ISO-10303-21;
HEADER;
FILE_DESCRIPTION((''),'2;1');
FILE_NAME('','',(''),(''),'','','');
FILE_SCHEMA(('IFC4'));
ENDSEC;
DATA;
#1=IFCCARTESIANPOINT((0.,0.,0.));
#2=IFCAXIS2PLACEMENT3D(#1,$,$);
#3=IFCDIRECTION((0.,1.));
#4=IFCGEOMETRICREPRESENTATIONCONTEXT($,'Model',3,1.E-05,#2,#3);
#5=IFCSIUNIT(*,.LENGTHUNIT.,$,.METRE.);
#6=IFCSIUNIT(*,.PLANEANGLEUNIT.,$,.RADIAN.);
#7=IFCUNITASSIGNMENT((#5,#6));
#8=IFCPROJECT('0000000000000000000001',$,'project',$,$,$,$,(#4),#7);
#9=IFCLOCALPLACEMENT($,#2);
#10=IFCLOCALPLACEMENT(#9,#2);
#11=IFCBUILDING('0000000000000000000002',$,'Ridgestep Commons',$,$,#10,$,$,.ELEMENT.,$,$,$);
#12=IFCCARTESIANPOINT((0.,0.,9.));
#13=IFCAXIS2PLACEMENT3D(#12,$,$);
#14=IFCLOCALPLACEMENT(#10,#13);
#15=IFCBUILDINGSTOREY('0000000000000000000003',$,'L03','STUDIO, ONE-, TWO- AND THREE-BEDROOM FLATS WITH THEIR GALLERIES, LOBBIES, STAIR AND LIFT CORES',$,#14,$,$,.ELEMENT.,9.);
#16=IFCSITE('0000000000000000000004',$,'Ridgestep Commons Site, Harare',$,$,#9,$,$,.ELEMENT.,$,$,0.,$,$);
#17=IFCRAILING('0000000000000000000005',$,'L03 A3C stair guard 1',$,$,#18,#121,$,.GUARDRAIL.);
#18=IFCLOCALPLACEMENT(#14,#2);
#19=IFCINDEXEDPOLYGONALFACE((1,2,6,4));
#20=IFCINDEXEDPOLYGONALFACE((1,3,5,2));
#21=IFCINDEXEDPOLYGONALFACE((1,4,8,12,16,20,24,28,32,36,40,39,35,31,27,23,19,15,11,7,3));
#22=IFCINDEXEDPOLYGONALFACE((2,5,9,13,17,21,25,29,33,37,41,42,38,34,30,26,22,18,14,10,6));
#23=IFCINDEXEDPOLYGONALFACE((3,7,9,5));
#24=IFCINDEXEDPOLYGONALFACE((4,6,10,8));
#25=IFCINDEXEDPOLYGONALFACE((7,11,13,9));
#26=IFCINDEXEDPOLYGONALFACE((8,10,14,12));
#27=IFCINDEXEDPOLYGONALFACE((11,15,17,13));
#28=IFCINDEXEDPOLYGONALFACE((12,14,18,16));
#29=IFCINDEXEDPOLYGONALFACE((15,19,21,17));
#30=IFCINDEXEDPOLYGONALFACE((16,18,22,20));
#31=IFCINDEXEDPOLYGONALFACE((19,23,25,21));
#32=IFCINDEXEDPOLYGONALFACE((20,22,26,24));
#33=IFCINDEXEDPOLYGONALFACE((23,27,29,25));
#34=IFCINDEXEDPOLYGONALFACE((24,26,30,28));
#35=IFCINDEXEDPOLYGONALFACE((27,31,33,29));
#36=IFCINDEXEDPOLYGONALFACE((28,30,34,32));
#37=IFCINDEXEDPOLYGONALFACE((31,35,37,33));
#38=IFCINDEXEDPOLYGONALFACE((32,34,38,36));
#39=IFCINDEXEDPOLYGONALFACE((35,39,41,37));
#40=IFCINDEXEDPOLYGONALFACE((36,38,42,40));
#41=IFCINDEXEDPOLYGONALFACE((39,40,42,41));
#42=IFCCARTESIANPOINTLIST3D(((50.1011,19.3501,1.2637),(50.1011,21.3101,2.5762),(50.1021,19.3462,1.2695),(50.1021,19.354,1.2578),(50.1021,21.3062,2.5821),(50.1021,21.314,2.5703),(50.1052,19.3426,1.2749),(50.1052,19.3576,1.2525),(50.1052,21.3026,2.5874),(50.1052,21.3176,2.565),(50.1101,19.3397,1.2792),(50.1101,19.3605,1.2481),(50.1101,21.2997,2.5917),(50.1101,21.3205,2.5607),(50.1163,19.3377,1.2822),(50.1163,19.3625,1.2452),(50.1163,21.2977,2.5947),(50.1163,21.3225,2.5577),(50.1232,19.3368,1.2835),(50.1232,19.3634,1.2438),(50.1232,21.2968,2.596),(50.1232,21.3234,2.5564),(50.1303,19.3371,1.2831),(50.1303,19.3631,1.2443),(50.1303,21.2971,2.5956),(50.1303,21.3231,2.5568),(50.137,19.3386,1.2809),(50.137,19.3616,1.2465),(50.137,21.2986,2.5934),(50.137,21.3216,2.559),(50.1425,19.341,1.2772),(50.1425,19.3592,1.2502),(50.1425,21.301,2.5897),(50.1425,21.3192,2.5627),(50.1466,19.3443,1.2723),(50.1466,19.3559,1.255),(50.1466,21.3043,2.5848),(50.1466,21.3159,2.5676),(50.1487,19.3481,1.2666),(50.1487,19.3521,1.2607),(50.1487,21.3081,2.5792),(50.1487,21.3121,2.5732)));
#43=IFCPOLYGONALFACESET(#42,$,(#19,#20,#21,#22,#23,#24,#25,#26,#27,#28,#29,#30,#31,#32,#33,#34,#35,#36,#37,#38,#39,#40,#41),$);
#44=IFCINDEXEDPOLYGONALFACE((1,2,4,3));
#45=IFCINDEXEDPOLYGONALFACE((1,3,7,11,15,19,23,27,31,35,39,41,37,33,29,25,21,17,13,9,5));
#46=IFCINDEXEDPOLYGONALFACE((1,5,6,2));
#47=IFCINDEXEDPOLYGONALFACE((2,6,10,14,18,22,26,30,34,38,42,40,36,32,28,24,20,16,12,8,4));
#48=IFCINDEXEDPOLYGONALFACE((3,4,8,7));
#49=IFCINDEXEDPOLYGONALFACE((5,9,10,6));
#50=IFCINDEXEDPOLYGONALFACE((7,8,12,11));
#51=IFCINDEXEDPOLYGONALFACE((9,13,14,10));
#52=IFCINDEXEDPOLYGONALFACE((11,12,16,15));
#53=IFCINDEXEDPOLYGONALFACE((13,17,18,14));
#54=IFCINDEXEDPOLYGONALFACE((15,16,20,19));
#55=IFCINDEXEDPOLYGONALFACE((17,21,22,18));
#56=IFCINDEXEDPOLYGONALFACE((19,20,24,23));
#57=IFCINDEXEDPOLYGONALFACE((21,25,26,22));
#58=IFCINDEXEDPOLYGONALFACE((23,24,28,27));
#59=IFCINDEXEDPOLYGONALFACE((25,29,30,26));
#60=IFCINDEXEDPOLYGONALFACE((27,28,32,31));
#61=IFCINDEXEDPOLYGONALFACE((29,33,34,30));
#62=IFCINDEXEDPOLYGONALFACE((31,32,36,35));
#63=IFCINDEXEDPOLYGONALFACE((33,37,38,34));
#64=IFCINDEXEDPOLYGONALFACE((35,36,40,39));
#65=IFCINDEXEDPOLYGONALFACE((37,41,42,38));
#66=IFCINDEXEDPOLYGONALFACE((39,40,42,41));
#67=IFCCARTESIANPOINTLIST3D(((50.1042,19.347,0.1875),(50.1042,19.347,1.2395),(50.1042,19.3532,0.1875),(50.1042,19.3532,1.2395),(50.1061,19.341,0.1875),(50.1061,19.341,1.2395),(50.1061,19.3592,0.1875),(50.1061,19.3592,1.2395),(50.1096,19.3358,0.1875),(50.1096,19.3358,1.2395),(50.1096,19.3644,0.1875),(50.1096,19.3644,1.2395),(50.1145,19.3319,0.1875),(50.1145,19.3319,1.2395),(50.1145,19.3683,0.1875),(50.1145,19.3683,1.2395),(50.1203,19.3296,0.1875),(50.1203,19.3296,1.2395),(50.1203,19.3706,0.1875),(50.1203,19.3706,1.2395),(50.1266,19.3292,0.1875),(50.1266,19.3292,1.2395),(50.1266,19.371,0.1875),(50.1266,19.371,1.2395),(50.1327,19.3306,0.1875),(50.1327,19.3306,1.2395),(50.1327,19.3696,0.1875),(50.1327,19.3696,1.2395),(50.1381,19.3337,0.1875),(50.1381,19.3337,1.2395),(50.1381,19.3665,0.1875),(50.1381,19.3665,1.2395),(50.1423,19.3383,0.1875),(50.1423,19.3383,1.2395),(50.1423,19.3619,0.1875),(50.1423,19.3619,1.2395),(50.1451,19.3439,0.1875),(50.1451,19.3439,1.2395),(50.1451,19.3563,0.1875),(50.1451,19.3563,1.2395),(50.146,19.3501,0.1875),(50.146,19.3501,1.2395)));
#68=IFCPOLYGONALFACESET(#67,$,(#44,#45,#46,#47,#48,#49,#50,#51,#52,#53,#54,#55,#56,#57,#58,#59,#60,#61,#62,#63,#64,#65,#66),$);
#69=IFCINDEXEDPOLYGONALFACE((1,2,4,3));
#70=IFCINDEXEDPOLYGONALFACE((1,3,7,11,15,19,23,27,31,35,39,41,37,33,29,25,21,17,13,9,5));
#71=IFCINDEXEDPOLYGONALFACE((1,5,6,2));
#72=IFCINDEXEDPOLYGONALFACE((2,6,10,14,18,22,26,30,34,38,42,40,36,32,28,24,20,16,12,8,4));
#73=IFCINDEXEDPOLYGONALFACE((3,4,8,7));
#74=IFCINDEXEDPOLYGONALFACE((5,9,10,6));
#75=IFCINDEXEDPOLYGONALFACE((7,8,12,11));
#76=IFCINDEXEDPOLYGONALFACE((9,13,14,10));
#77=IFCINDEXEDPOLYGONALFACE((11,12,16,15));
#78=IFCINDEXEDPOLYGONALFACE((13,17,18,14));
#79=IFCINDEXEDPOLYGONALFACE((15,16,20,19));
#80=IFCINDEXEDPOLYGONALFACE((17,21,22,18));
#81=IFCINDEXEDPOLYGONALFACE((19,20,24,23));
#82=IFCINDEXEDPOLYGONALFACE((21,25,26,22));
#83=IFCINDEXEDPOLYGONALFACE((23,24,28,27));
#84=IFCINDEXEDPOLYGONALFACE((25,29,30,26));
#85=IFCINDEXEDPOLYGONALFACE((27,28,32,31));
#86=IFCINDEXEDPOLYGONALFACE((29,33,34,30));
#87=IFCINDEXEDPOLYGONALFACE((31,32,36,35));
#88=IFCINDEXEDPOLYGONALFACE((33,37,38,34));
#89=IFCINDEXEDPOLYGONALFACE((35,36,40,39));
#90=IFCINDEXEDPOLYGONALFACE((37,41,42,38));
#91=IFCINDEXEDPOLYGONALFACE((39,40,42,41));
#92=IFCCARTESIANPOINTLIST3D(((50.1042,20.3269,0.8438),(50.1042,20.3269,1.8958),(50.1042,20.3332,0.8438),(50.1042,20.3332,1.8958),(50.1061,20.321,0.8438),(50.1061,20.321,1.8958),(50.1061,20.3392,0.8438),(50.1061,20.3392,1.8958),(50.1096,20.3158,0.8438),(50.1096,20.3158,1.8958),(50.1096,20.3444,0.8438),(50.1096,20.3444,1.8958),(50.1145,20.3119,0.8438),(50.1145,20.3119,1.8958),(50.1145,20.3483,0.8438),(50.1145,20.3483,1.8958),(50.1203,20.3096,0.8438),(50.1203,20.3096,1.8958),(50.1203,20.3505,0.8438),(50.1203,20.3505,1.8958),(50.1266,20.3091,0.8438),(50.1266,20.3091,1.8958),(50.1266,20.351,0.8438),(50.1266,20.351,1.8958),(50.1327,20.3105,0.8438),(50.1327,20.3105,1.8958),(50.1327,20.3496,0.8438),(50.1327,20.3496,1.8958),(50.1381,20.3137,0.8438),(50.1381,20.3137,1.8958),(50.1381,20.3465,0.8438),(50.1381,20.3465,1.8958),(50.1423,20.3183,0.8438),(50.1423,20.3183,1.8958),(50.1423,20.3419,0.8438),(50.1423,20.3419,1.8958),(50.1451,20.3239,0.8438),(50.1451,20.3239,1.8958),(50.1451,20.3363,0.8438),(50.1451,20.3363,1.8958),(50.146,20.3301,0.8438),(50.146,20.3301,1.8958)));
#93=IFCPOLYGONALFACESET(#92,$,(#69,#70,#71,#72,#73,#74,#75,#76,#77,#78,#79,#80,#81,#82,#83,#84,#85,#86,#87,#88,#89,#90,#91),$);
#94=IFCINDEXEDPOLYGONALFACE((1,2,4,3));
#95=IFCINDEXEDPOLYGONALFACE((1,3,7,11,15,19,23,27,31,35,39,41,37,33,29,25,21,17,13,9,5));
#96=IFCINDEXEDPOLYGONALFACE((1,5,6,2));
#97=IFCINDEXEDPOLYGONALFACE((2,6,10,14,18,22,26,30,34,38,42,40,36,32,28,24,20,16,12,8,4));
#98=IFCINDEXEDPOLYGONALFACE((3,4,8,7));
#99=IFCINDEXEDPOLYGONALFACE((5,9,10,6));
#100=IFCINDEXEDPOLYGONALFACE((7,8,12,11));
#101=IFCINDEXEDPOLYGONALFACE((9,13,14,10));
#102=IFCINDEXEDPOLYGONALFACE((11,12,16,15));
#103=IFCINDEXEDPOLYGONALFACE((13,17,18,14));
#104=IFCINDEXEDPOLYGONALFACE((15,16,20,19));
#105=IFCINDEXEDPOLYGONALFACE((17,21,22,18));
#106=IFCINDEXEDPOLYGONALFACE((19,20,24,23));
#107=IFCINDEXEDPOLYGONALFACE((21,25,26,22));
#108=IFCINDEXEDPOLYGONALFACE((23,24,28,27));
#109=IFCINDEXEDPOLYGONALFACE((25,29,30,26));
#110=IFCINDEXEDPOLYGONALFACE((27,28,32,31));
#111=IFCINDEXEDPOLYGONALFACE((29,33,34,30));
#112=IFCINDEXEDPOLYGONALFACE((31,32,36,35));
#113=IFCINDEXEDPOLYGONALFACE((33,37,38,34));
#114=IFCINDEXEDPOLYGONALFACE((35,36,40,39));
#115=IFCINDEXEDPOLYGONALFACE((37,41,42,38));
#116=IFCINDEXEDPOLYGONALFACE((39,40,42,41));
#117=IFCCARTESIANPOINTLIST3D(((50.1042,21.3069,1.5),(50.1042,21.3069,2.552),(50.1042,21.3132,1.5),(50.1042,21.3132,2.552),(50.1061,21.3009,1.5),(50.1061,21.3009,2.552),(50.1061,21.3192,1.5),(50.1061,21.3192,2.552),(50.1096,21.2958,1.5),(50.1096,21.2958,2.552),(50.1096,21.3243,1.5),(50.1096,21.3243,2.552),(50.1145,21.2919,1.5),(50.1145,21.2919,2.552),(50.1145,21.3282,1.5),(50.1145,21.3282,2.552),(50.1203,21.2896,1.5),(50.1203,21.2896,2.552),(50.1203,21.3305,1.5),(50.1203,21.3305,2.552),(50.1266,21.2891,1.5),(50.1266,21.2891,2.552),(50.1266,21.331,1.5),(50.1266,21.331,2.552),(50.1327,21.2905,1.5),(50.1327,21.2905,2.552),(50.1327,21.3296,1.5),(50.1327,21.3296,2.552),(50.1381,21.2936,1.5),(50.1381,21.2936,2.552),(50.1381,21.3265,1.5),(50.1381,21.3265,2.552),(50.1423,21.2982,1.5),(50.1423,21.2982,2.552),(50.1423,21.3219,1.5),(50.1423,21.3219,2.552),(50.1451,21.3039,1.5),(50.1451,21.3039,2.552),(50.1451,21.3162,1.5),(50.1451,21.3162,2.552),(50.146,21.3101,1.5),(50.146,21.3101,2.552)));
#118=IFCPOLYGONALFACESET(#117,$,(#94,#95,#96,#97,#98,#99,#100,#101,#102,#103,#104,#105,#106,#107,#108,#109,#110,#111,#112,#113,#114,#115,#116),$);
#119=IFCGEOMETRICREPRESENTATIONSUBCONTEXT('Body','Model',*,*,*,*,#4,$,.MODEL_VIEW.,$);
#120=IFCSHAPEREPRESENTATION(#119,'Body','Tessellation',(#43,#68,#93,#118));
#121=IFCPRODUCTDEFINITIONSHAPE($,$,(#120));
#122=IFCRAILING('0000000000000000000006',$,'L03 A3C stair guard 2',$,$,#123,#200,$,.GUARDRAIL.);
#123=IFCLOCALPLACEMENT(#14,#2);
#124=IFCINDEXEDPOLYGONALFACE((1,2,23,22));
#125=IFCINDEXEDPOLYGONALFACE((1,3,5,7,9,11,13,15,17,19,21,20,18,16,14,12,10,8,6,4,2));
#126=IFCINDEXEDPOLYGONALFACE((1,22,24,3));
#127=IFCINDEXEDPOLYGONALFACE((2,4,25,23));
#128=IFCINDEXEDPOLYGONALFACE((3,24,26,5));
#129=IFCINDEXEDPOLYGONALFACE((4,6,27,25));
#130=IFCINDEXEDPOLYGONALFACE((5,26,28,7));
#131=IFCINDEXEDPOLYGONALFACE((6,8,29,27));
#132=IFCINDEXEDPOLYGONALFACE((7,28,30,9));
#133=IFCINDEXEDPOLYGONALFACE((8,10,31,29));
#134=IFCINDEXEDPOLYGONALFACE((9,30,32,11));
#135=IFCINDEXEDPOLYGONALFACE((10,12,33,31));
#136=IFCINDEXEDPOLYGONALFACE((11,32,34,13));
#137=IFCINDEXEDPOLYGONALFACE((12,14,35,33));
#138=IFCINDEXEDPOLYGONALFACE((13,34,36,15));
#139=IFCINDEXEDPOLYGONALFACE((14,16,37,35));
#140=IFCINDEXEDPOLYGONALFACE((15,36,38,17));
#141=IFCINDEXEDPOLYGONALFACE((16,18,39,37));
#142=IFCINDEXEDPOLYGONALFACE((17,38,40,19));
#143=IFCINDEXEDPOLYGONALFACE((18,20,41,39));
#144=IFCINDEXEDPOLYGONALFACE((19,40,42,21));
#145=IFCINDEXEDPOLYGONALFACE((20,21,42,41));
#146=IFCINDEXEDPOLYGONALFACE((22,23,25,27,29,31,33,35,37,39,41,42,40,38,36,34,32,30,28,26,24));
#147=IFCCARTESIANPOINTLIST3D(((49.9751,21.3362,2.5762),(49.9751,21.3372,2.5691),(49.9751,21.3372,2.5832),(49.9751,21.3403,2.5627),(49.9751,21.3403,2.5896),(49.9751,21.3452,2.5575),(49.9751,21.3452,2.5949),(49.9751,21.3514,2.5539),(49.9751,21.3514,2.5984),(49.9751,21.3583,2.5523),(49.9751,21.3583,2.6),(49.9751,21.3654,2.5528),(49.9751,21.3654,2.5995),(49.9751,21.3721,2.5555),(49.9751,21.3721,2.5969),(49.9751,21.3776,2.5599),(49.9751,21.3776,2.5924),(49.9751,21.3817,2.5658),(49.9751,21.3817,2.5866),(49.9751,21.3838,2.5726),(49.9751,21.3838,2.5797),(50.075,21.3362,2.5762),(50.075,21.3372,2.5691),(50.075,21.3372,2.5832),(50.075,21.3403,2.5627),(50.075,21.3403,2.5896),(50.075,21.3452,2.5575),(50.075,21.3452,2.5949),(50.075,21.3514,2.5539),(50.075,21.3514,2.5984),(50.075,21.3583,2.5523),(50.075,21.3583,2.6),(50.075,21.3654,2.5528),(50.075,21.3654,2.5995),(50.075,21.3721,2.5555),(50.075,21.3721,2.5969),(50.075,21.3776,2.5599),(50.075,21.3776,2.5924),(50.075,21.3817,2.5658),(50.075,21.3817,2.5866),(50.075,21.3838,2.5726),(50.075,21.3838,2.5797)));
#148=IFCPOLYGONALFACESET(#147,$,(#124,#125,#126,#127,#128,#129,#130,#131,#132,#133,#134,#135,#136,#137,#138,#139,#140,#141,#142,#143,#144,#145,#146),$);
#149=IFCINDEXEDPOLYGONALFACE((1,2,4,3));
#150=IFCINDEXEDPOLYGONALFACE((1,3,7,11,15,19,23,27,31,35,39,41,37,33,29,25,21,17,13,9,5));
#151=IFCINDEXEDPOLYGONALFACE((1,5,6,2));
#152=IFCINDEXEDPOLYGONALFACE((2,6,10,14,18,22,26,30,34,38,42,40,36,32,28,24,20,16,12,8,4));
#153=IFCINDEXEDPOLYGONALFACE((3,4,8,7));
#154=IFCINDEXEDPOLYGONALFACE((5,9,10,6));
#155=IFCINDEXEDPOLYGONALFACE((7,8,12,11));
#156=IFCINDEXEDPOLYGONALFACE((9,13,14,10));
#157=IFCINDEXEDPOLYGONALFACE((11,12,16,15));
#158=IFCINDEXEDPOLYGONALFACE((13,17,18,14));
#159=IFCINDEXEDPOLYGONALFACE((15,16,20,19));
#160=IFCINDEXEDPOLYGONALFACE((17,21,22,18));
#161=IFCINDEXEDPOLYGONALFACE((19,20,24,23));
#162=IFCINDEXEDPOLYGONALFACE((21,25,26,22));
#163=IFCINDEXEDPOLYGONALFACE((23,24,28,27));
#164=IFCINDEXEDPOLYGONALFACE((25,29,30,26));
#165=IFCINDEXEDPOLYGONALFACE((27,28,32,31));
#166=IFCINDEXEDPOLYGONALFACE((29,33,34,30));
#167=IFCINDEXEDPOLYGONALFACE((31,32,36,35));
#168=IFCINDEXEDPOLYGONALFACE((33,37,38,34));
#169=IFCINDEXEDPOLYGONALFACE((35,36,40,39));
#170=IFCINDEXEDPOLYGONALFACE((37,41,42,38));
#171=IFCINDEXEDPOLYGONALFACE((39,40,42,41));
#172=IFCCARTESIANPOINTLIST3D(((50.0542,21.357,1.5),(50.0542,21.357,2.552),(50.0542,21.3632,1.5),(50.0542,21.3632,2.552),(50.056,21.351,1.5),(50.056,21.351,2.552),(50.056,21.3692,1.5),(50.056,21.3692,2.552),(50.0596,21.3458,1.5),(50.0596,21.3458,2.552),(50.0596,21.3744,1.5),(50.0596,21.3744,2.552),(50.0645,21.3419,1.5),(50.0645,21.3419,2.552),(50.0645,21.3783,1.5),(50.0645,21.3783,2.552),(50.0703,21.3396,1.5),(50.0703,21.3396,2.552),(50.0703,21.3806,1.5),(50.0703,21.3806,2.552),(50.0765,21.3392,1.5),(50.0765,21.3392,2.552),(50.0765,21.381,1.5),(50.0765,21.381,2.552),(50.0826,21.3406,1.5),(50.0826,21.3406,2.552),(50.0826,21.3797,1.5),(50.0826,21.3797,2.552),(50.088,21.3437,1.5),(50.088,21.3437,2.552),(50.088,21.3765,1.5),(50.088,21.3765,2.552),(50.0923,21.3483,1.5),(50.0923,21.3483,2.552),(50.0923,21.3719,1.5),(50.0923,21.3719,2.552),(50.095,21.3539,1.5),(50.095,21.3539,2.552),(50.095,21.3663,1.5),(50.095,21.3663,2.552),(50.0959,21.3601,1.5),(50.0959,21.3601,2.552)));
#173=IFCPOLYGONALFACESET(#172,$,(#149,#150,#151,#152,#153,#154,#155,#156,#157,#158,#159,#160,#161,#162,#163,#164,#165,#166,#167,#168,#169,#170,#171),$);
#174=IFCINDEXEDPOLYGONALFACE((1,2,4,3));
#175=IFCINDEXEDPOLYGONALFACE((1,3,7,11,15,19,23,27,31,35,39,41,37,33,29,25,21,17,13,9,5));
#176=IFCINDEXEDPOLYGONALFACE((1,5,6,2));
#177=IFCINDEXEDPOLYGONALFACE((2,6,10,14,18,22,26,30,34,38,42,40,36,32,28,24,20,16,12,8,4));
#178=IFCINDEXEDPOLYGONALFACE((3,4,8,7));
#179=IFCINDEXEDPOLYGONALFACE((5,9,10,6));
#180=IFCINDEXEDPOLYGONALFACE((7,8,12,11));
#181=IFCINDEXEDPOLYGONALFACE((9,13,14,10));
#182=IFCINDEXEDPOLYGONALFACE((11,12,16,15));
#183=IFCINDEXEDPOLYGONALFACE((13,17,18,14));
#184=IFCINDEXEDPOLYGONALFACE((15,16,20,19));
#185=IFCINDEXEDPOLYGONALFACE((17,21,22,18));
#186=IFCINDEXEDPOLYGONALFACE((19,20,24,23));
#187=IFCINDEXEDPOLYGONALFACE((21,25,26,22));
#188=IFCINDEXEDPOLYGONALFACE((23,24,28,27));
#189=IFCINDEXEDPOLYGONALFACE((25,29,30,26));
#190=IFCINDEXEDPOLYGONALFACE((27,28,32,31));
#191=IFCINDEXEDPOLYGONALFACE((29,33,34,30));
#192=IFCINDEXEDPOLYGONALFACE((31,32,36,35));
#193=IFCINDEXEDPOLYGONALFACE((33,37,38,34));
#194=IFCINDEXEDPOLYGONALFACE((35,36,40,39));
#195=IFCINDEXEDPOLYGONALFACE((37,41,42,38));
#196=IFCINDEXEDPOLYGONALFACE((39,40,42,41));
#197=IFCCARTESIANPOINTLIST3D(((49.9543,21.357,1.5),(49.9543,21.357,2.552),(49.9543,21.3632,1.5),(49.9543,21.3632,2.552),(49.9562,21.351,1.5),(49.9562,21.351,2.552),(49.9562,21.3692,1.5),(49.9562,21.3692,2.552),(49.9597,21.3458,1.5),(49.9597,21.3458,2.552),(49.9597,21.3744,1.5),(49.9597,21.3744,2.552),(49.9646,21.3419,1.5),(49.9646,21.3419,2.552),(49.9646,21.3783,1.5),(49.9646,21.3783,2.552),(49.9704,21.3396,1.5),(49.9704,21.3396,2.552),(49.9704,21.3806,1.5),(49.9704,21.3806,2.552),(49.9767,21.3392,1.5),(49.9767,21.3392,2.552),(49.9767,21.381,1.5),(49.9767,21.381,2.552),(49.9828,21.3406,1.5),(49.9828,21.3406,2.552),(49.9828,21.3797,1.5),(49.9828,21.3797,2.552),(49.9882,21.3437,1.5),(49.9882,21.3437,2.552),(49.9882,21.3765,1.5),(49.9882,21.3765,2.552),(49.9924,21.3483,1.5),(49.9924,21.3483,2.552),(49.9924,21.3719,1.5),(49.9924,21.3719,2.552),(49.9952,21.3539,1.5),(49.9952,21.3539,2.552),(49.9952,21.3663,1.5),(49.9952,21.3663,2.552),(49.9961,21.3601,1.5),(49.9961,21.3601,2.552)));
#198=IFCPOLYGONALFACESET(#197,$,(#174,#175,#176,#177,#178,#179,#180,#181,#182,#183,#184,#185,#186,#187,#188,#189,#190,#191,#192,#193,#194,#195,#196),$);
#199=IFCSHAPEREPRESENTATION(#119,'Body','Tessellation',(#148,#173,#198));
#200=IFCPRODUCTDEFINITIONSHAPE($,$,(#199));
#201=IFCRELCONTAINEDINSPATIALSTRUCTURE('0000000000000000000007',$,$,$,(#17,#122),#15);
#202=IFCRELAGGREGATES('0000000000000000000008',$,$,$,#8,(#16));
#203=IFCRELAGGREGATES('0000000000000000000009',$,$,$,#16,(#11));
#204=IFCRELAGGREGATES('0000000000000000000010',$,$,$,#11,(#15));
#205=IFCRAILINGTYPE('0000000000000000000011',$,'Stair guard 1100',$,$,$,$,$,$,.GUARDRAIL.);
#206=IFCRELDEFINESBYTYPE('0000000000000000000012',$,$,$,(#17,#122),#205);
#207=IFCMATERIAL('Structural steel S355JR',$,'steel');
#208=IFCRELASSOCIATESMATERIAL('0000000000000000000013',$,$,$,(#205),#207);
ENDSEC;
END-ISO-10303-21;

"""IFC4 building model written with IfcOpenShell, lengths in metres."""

from ifc_helpers import new_model, si_unit, direction, frame, origin, origin_2d, place, context, subcontext, project, spatial, circle, extrude, material, type_object, element, save


model = new_model("IFC4")

# Units and contexts
model_context = context("Model", 3, precision=1e-05, world=origin(), true_north=direction((0.0, 1.0)))
body_context = subcontext(model_context, "Body", "Model", "MODEL_VIEW")
ifc_project = project(units=[si_unit("LENGTHUNIT", "METRE"), si_unit("PLANEANGLEUNIT", "RADIAN")], contexts=[model_context])

# Site, building, storey
site_placement = place(None, origin())
site = spatial("IfcSite", under=ifc_project, at=site_placement, Name="Ridgestep Commons Site, Harare", CompositionType="ELEMENT", RefElevation=0.0)
building_placement = place(site_placement, origin())
building = spatial("IfcBuilding", under=site, at=building_placement, Name="Ridgestep Commons", CompositionType="ELEMENT")
storey_placement = place(building_placement, frame((0.0, 0.0, 9.0)))
storey = spatial("IfcBuildingStorey", under=building, at=storey_placement, Name="L03", Description="STUDIO, ONE-, TWO- AND THREE-BEDROOM FLATS WITH THEIR GALLERIES, LOBBIES, STAIR AND LIFT CORES", CompositionType="ELEMENT", Elevation=9.0)

# Railings
ifc_material_1 = material(Name="Structural steel S355JR", Category="steel")
railing_type_1 = type_object("IfcRailingType", Name="Stair guard 1100", PredefinedType="GUARDRAIL", material=ifc_material_1)
railing_1_placement = place(storey_placement, frame((50.125, 19.3501, 0.1875)))
element("IfcRailing", 1, at=railing_1_placement, inside=storey, type_object=railing_type_1, Name="L03 A3C stair guard 1", PredefinedType="GUARDRAIL", context=body_context, shape_type="SweptSolid", body=[
    extrude(circle(Radius=0.0239, at=origin_2d()), frame((0.0, 0.0, 1.0762), z_axis=(0.0, 0.830902, 0.556419), x_axis=(-1.0, 0.0, 0.0)), (0.0, 0.0, 1.0), 2.3589),
    extrude(circle(Radius=0.021, at=origin_2d()), origin(), (0.0, 0.0, 1.0), 1.052),
    extrude(circle(Radius=0.021, at=origin_2d()), frame((0.0, 0.98, 0.6562)), (0.0, 0.0, 1.0), 1.052),
    extrude(circle(Radius=0.021, at=origin_2d()), frame((0.0, 1.96, 1.3125)), (0.0, 0.0, 1.0), 1.052),
])
railing_2_placement = place(storey_placement, frame((50.075, 21.3601, 1.5)))
element("IfcRailing", 2, at=railing_2_placement, inside=storey, type_object=railing_type_1, Name="L03 A3C stair guard 2", PredefinedType="GUARDRAIL", context=body_context, shape_type="SweptSolid", body=[
    extrude(circle(Radius=0.0239, at=origin_2d()), frame((0.0, 0.0, 1.0762), z_axis=(-1.0, 0.0, 0.0), x_axis=(0.0, -1.0, 0.0)), (0.0, 0.0, 1.0), 0.0999),
    extrude(circle(Radius=0.021, at=origin_2d()), origin(), (0.0, 0.0, 1.0), 1.052),
    extrude(circle(Radius=0.021, at=origin_2d()), frame((-0.0999, 0.0, 0.0)), (0.0, 0.0, 1.0), 1.052),
])

save(model, "model.ifc")
